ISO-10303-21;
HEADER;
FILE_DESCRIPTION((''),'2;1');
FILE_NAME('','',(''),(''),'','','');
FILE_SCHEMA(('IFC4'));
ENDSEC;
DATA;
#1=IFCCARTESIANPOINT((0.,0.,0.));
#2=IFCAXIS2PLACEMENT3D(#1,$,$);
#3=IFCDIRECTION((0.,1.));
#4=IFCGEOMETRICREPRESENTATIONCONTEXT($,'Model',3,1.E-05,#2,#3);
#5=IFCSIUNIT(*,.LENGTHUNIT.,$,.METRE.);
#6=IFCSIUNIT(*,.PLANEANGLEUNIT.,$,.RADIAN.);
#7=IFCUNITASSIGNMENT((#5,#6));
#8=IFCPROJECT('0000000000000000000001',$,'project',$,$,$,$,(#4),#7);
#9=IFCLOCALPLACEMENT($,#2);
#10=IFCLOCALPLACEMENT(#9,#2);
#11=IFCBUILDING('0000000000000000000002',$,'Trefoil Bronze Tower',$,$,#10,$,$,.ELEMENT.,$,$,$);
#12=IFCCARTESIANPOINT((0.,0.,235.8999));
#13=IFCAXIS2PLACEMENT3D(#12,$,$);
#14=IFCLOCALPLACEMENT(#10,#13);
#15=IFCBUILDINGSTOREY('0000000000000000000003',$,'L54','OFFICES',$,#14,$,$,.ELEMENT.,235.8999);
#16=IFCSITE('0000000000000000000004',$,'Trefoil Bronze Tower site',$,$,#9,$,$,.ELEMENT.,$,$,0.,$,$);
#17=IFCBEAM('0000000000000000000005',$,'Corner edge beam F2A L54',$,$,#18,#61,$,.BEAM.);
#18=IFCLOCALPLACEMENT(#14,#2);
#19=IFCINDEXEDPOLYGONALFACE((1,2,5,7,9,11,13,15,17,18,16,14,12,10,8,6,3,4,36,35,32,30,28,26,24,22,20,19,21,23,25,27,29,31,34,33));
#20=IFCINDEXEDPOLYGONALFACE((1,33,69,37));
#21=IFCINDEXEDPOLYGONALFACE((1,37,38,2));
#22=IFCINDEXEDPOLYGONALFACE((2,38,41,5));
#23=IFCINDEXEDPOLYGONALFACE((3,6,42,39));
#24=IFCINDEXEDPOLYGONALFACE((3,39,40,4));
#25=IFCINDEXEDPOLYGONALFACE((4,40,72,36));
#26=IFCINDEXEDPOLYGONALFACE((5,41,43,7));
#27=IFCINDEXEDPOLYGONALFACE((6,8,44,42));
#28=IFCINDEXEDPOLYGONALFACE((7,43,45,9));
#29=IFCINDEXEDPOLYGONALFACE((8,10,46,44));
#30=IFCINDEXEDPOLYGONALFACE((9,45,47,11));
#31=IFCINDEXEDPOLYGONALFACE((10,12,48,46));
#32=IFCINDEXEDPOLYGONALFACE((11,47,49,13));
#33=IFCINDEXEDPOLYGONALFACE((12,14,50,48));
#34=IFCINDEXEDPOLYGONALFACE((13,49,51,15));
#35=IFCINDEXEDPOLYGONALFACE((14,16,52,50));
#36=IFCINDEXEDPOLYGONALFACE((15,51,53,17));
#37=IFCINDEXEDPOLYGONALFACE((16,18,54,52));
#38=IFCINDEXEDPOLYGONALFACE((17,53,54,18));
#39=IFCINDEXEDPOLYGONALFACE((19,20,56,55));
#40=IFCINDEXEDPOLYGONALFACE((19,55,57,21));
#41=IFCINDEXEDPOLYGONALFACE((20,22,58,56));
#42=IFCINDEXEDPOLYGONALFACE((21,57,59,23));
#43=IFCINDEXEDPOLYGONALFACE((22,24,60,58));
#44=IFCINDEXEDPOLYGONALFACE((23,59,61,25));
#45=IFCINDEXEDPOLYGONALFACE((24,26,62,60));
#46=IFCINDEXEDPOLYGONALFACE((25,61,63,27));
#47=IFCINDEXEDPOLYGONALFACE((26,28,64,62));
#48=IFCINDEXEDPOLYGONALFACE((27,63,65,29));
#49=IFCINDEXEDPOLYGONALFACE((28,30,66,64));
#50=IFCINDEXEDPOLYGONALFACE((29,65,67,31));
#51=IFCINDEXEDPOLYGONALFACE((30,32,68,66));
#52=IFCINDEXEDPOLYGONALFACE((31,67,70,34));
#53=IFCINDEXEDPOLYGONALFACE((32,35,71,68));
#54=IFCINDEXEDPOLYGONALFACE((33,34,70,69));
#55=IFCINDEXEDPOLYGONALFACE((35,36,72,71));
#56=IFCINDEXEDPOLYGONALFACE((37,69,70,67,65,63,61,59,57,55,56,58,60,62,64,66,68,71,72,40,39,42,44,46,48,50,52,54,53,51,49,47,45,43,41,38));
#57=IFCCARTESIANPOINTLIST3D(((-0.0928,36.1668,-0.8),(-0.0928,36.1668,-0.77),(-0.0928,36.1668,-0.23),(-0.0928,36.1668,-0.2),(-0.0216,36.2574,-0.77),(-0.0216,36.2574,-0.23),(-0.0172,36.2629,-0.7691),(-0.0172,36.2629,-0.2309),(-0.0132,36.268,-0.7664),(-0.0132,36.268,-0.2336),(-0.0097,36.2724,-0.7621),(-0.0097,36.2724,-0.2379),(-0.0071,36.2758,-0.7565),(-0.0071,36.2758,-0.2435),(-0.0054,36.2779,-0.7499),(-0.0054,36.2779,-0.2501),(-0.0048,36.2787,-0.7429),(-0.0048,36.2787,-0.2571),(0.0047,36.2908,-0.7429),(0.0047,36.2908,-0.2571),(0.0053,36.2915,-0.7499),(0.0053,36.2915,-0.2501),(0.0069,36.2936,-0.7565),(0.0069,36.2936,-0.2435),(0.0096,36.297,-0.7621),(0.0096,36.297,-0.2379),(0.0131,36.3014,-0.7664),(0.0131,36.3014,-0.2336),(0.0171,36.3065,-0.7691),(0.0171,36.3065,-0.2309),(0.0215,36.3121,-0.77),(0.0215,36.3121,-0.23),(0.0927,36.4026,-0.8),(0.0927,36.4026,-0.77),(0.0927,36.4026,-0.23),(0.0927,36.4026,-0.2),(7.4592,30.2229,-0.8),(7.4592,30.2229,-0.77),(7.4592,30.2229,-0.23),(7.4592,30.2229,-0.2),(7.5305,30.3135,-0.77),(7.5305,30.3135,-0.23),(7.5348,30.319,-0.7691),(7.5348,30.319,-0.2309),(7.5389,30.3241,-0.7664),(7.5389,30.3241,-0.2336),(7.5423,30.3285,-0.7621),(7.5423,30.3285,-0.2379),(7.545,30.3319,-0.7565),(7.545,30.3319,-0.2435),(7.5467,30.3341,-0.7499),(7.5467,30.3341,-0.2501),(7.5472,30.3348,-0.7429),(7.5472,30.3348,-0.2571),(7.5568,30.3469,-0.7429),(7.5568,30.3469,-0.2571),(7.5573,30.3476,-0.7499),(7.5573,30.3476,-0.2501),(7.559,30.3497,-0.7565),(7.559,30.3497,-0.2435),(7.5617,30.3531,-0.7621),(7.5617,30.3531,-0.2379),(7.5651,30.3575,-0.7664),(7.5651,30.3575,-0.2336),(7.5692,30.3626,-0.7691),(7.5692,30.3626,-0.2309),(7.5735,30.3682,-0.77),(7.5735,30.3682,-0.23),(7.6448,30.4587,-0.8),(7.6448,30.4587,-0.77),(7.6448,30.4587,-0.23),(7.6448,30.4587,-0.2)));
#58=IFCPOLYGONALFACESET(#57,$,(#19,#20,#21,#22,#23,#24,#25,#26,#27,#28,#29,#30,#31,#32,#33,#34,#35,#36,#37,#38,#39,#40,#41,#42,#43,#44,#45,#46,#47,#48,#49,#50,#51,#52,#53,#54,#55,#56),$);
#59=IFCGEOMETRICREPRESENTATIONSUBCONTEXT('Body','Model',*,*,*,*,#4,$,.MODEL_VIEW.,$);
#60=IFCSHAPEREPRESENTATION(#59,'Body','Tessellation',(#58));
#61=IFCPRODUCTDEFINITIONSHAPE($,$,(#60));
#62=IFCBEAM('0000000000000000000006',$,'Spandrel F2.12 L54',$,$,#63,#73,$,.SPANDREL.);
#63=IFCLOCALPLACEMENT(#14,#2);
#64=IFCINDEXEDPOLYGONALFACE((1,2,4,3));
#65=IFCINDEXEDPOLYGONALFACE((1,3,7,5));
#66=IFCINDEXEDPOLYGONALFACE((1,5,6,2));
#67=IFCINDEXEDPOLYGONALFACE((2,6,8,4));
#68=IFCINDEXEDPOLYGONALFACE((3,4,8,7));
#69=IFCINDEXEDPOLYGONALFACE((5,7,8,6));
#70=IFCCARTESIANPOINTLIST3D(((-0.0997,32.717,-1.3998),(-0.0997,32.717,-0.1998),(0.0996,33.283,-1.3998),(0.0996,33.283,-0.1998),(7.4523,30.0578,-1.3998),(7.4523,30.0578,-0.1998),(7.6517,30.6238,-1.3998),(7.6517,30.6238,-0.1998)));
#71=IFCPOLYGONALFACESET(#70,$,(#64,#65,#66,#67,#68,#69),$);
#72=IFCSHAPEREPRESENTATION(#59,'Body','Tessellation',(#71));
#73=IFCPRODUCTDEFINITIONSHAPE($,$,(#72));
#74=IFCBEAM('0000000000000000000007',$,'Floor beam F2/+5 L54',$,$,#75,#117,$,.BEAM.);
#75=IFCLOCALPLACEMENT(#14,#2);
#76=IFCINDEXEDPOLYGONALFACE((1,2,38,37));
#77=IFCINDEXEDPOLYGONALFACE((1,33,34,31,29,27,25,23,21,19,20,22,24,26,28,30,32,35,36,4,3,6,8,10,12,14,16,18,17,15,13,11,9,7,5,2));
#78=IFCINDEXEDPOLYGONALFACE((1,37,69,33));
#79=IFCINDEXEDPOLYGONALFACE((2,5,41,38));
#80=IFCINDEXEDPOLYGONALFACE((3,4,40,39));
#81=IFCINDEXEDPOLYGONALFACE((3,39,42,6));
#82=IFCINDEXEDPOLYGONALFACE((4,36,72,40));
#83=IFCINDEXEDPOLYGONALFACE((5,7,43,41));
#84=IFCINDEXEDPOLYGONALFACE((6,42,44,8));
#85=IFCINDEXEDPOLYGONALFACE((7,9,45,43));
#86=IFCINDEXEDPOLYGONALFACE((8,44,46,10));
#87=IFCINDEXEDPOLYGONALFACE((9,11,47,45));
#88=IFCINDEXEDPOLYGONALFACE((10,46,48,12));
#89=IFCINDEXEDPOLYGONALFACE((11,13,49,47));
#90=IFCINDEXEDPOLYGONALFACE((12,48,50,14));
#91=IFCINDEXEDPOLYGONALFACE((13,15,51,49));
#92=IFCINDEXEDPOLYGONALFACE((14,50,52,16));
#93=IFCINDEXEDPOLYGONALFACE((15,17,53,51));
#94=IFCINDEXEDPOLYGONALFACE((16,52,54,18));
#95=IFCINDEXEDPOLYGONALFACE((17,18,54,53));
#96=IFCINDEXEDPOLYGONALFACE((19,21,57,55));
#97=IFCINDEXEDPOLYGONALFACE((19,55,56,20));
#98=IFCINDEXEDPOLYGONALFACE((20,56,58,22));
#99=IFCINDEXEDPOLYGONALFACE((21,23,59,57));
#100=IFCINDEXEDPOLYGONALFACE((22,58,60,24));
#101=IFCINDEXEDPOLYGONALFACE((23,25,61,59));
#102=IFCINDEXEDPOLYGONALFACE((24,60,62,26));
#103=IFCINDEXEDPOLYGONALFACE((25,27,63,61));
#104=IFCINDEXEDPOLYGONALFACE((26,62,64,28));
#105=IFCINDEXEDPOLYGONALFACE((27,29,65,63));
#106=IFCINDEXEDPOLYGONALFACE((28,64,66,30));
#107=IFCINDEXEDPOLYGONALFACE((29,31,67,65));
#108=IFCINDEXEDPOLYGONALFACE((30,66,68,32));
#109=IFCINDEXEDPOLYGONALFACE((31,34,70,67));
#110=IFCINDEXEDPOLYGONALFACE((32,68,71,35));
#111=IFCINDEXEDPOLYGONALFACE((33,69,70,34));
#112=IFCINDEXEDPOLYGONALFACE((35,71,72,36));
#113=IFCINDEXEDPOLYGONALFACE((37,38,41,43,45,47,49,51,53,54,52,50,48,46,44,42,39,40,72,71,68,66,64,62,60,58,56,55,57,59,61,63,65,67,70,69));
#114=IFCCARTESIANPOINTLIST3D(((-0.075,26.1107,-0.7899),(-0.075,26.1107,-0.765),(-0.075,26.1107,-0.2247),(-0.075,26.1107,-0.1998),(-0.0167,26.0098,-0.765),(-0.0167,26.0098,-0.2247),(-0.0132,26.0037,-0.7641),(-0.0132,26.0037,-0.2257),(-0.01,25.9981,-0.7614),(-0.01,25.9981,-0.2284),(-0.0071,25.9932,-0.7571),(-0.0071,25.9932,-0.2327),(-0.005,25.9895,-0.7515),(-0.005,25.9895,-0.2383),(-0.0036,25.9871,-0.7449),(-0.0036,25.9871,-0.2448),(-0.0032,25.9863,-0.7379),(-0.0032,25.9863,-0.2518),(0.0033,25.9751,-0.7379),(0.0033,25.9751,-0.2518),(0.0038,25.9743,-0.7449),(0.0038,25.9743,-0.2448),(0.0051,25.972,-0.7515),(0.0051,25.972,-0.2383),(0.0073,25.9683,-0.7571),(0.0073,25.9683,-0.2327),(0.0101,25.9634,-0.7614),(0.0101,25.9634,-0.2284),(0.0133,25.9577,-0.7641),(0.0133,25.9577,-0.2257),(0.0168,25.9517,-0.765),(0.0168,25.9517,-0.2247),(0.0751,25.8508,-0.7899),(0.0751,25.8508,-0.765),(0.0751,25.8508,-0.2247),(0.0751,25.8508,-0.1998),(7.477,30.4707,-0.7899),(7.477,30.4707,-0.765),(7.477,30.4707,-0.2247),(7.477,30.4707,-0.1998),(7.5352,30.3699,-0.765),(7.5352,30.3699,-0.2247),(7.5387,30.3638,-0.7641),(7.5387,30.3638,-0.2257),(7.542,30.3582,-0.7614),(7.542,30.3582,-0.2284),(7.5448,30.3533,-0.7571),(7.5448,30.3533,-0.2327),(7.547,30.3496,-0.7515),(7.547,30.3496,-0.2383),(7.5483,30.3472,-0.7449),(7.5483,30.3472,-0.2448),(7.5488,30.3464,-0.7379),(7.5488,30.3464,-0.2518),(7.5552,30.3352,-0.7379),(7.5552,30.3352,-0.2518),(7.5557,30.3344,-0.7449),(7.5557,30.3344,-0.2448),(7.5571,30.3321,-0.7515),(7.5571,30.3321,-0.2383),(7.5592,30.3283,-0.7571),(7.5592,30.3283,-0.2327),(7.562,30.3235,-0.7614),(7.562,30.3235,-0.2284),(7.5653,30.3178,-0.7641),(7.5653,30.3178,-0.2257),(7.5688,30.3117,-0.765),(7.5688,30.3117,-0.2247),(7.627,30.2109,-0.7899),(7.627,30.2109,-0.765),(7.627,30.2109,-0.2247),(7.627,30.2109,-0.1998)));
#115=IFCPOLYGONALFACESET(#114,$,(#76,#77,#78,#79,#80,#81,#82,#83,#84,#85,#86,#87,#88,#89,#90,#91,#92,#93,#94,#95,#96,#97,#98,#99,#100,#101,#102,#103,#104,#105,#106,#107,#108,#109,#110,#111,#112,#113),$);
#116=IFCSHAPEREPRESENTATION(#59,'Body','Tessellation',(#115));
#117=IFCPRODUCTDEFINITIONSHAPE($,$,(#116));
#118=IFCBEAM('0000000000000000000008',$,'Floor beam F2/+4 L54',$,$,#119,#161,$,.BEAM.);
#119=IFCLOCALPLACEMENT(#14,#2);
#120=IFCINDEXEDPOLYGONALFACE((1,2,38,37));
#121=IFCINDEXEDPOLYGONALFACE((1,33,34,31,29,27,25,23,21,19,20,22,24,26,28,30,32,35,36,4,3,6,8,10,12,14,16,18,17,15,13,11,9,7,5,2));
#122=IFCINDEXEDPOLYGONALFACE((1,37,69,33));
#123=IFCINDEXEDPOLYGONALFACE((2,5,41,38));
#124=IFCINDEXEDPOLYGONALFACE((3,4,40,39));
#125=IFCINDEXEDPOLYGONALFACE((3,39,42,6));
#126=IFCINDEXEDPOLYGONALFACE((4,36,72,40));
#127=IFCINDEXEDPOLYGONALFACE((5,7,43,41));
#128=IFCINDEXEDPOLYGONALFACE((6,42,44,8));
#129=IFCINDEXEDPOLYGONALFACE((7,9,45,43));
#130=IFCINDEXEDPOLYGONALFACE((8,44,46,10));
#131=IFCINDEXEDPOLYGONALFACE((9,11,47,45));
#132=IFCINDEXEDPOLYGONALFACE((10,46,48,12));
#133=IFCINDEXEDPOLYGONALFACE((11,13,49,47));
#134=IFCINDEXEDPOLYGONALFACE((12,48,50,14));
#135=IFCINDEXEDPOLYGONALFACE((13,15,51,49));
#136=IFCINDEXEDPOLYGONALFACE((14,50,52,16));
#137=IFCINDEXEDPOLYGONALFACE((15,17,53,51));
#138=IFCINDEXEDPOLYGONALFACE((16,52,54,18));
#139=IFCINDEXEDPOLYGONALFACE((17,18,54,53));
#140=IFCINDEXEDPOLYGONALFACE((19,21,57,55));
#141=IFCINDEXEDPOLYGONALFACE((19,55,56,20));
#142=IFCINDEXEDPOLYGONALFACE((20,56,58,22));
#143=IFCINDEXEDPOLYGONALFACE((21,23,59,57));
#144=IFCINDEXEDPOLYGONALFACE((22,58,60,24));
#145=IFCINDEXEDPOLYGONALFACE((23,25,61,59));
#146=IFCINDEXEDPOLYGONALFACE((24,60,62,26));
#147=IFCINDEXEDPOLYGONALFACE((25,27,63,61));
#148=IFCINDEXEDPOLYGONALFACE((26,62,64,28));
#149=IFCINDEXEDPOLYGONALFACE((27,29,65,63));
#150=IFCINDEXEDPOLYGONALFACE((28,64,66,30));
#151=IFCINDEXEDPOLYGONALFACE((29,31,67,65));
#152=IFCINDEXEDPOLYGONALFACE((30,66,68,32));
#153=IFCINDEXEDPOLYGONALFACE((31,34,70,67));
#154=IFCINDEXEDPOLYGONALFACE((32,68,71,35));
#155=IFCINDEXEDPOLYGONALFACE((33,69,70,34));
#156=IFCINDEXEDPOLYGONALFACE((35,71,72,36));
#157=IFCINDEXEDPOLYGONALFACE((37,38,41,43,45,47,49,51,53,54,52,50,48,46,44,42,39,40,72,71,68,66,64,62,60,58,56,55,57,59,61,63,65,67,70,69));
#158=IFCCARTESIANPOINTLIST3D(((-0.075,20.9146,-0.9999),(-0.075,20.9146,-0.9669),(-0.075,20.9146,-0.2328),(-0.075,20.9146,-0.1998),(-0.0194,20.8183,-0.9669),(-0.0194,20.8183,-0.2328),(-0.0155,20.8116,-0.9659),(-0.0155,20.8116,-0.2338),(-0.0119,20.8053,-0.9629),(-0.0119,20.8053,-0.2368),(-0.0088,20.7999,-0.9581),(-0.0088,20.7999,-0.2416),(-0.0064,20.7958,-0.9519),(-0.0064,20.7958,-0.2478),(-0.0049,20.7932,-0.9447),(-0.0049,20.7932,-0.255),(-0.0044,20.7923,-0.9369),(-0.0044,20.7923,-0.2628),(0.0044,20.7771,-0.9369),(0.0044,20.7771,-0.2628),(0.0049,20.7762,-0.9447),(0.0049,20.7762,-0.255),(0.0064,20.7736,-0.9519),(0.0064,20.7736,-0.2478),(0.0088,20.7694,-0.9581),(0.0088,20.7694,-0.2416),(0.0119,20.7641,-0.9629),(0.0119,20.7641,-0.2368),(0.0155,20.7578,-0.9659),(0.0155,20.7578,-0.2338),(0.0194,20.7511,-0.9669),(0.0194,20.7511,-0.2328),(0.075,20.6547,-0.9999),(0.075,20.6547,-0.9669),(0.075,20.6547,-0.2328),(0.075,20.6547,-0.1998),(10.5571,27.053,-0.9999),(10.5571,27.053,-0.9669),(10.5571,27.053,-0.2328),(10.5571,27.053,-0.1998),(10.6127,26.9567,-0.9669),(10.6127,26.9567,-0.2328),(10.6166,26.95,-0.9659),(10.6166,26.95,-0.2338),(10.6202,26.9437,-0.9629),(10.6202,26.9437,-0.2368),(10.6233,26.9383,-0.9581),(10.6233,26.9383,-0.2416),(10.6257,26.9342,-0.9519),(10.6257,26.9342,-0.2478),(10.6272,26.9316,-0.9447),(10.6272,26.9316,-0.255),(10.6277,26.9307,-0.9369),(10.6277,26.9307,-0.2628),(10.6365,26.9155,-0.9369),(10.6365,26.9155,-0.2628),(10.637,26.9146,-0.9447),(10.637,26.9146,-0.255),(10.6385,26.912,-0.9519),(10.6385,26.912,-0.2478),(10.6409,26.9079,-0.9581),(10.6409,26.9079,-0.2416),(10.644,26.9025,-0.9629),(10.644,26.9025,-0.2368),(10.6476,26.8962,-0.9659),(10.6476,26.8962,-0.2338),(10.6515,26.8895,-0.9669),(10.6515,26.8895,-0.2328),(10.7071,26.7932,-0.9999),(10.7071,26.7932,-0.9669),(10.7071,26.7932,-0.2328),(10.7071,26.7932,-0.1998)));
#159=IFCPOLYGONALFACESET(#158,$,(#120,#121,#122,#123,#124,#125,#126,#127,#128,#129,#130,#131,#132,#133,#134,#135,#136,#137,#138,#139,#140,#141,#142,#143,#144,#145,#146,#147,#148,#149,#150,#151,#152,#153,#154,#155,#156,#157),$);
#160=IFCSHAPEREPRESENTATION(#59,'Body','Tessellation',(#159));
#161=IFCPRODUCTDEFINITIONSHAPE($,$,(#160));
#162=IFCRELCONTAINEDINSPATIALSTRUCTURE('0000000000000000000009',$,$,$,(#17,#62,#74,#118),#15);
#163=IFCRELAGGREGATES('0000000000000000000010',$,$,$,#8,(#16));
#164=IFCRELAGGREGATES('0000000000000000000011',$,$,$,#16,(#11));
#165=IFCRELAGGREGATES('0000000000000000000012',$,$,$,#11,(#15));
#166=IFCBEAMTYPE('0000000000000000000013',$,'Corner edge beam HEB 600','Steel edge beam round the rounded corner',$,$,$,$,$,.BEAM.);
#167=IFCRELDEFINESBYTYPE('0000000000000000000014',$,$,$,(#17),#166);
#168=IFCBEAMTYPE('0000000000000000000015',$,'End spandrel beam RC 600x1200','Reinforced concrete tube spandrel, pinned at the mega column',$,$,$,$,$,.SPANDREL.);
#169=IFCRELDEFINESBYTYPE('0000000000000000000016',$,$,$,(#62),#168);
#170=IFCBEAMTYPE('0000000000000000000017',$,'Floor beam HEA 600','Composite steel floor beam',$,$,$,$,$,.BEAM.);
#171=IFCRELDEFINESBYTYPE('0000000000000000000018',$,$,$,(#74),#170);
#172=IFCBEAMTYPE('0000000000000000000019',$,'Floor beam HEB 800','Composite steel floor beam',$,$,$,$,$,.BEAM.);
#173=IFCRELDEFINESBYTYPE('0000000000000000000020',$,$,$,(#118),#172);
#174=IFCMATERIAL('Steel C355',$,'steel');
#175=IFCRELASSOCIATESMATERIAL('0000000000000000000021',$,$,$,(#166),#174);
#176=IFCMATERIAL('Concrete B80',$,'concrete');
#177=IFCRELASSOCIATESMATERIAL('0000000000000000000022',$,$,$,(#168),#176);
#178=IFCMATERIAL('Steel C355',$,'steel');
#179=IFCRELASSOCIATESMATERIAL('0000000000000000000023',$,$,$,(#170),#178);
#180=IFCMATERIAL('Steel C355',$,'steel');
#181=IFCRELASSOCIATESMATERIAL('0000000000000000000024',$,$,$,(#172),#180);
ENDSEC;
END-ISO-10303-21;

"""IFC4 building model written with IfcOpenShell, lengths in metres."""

from ifc_helpers import new_model, si_unit, direction, frame, origin, origin_2d, place, context, subcontext, project, spatial, rectangle, i_section, extrude, material, material_profile, profile_set, type_object, element, save


model = new_model("IFC4")

# Units and contexts
model_context = context("Model", 3, precision=1e-05, world=origin(), true_north=direction((0.0, 1.0)))
body_context = subcontext(model_context, "Body", "Model", "MODEL_VIEW")
ifc_project = project(units=[si_unit("LENGTHUNIT", "METRE"), si_unit("PLANEANGLEUNIT", "RADIAN")], contexts=[model_context])

# Site, building, storey
site_placement = place(None, origin())
site = spatial("IfcSite", under=ifc_project, at=site_placement, Name="Trefoil Bronze Tower site", CompositionType="ELEMENT", RefElevation=0.0)
building_placement = place(site_placement, origin())
building = spatial("IfcBuilding", under=site, at=building_placement, Name="Trefoil Bronze Tower", CompositionType="ELEMENT")
storey_placement = place(building_placement, frame((0.0, 0.0, 235.8999)))
storey = spatial("IfcBuildingStorey", under=building, at=storey_placement, Name="L54", Description="OFFICES", CompositionType="ELEMENT", Elevation=235.8999)

# Beams
ifc_material_1 = material(Name="Steel C355", Category="steel")
ifc_material_profile_1 = material_profile(ifc_material_1, i_section(OverallWidth=0.3, OverallDepth=0.6001, WebThickness=0.0154, FlangeThickness=0.03, FilletRadius=0.0271, at=origin_2d()), Name="HEB 600")
ifc_profile_set_1 = profile_set([ifc_material_profile_1], Name="Steel C355")
beam_type_1 = type_object("IfcBeamType", Name="Corner edge beam HEB 600", Description="Steel edge beam round the rounded corner", PredefinedType="BEAM", material=ifc_profile_set_1)
beam_1_placement = place(storey_placement, frame((7.552, 30.3408, -0.5), z_axis=(-0.785806, 0.618473, 0.0), x_axis=(-0.618473, -0.785806, 0.0)))
element("IfcBeam", 1, at=beam_1_placement, inside=storey, type_object=beam_type_1, Name="Corner edge beam F2A L54", PredefinedType="BEAM", context=body_context, shape_type="SweptSolid", body=[
    extrude(i_section(OverallWidth=0.3, OverallDepth=0.6001, WebThickness=0.0154, FlangeThickness=0.03, FilletRadius=0.0271, at=origin_2d()), origin(), (0.0, 0.0, 1.0), 9.6106),
])
ifc_material_2 = material(Name="Concrete B80", Category="concrete")
ifc_material_profile_2 = material_profile(ifc_material_2, rectangle(XDim=0.6001, YDim=1.2, at=origin_2d()), Name="RC 600x1200")
ifc_profile_set_2 = profile_set([ifc_material_profile_2], Name="Concrete B80")
beam_type_2 = type_object("IfcBeamType", Name="End spandrel beam RC 600x1200", Description="Reinforced concrete tube spandrel, pinned at the mega column", PredefinedType="SPANDREL", material=ifc_profile_set_2)
beam_2_placement = place(storey_placement, frame((7.552, 30.3408, -0.7998), z_axis=(-0.943234, 0.332128, 0.0), x_axis=(-0.332128, -0.943234, 0.0)))
element("IfcBeam", 2, at=beam_2_placement, inside=storey, type_object=beam_type_2, Name="Spandrel F2.12 L54", PredefinedType="SPANDREL", context=body_context, shape_type="SweptSolid", body=[
    extrude(rectangle(XDim=0.6001, YDim=1.2, at=origin_2d()), origin(), (0.0, 0.0, 1.0), 8.0066),
])
ifc_material_3 = material(Name="Steel C355", Category="steel")
ifc_material_profile_3 = material_profile(ifc_material_3, i_section(OverallWidth=0.3, OverallDepth=0.5901, WebThickness=0.0129, FlangeThickness=0.0249, FilletRadius=0.0271, at=origin_2d()), Name="HEA 600")
ifc_profile_set_3 = profile_set([ifc_material_profile_3], Name="Steel C355")
beam_type_3 = type_object("IfcBeamType", Name="Floor beam HEA 600", Description="Composite steel floor beam", PredefinedType="BEAM", material=ifc_profile_set_3)
beam_3_placement = place(storey_placement, frame((7.552, 30.3408, -0.4949), z_axis=(-0.866028, -0.499996, 0.0), x_axis=(0.499996, -0.866028, 0.0)))
element("IfcBeam", 3, at=beam_3_placement, inside=storey, type_object=beam_type_3, Name="Floor beam F2/+5 L54", PredefinedType="BEAM", context=body_context, shape_type="SweptSolid", body=[
    extrude(i_section(OverallWidth=0.3, OverallDepth=0.5901, WebThickness=0.0129, FlangeThickness=0.0249, FilletRadius=0.0271, at=origin_2d()), origin(), (0.0, 0.0, 1.0), 8.7202),
])
ifc_material_4 = material(Name="Steel C355", Category="steel")
ifc_material_profile_4 = material_profile(ifc_material_4, i_section(OverallWidth=0.3, OverallDepth=0.8, WebThickness=0.0176, FlangeThickness=0.033, FilletRadius=0.03, at=origin_2d()), Name="HEB 800")
ifc_profile_set_4 = profile_set([ifc_material_profile_4], Name="Steel C355")
beam_type_4 = type_object("IfcBeamType", Name="Floor beam HEB 800", Description="Composite steel floor beam", PredefinedType="BEAM", material=ifc_profile_set_4)
beam_4_placement = place(storey_placement, frame((10.6321, 26.9231, -0.5999), z_axis=(-0.866026, -0.5, 0.0), x_axis=(0.5, -0.866026, 0.0)))
element("IfcBeam", 4, at=beam_4_placement, inside=storey, type_object=beam_type_4, Name="Floor beam F2/+4 L54", PredefinedType="BEAM", context=body_context, shape_type="SweptSolid", body=[
    extrude(i_section(OverallWidth=0.3, OverallDepth=0.8, WebThickness=0.0176, FlangeThickness=0.033, FilletRadius=0.03, at=origin_2d()), origin(), (0.0, 0.0, 1.0), 12.2769),
])

save(model, "model.ifc")
